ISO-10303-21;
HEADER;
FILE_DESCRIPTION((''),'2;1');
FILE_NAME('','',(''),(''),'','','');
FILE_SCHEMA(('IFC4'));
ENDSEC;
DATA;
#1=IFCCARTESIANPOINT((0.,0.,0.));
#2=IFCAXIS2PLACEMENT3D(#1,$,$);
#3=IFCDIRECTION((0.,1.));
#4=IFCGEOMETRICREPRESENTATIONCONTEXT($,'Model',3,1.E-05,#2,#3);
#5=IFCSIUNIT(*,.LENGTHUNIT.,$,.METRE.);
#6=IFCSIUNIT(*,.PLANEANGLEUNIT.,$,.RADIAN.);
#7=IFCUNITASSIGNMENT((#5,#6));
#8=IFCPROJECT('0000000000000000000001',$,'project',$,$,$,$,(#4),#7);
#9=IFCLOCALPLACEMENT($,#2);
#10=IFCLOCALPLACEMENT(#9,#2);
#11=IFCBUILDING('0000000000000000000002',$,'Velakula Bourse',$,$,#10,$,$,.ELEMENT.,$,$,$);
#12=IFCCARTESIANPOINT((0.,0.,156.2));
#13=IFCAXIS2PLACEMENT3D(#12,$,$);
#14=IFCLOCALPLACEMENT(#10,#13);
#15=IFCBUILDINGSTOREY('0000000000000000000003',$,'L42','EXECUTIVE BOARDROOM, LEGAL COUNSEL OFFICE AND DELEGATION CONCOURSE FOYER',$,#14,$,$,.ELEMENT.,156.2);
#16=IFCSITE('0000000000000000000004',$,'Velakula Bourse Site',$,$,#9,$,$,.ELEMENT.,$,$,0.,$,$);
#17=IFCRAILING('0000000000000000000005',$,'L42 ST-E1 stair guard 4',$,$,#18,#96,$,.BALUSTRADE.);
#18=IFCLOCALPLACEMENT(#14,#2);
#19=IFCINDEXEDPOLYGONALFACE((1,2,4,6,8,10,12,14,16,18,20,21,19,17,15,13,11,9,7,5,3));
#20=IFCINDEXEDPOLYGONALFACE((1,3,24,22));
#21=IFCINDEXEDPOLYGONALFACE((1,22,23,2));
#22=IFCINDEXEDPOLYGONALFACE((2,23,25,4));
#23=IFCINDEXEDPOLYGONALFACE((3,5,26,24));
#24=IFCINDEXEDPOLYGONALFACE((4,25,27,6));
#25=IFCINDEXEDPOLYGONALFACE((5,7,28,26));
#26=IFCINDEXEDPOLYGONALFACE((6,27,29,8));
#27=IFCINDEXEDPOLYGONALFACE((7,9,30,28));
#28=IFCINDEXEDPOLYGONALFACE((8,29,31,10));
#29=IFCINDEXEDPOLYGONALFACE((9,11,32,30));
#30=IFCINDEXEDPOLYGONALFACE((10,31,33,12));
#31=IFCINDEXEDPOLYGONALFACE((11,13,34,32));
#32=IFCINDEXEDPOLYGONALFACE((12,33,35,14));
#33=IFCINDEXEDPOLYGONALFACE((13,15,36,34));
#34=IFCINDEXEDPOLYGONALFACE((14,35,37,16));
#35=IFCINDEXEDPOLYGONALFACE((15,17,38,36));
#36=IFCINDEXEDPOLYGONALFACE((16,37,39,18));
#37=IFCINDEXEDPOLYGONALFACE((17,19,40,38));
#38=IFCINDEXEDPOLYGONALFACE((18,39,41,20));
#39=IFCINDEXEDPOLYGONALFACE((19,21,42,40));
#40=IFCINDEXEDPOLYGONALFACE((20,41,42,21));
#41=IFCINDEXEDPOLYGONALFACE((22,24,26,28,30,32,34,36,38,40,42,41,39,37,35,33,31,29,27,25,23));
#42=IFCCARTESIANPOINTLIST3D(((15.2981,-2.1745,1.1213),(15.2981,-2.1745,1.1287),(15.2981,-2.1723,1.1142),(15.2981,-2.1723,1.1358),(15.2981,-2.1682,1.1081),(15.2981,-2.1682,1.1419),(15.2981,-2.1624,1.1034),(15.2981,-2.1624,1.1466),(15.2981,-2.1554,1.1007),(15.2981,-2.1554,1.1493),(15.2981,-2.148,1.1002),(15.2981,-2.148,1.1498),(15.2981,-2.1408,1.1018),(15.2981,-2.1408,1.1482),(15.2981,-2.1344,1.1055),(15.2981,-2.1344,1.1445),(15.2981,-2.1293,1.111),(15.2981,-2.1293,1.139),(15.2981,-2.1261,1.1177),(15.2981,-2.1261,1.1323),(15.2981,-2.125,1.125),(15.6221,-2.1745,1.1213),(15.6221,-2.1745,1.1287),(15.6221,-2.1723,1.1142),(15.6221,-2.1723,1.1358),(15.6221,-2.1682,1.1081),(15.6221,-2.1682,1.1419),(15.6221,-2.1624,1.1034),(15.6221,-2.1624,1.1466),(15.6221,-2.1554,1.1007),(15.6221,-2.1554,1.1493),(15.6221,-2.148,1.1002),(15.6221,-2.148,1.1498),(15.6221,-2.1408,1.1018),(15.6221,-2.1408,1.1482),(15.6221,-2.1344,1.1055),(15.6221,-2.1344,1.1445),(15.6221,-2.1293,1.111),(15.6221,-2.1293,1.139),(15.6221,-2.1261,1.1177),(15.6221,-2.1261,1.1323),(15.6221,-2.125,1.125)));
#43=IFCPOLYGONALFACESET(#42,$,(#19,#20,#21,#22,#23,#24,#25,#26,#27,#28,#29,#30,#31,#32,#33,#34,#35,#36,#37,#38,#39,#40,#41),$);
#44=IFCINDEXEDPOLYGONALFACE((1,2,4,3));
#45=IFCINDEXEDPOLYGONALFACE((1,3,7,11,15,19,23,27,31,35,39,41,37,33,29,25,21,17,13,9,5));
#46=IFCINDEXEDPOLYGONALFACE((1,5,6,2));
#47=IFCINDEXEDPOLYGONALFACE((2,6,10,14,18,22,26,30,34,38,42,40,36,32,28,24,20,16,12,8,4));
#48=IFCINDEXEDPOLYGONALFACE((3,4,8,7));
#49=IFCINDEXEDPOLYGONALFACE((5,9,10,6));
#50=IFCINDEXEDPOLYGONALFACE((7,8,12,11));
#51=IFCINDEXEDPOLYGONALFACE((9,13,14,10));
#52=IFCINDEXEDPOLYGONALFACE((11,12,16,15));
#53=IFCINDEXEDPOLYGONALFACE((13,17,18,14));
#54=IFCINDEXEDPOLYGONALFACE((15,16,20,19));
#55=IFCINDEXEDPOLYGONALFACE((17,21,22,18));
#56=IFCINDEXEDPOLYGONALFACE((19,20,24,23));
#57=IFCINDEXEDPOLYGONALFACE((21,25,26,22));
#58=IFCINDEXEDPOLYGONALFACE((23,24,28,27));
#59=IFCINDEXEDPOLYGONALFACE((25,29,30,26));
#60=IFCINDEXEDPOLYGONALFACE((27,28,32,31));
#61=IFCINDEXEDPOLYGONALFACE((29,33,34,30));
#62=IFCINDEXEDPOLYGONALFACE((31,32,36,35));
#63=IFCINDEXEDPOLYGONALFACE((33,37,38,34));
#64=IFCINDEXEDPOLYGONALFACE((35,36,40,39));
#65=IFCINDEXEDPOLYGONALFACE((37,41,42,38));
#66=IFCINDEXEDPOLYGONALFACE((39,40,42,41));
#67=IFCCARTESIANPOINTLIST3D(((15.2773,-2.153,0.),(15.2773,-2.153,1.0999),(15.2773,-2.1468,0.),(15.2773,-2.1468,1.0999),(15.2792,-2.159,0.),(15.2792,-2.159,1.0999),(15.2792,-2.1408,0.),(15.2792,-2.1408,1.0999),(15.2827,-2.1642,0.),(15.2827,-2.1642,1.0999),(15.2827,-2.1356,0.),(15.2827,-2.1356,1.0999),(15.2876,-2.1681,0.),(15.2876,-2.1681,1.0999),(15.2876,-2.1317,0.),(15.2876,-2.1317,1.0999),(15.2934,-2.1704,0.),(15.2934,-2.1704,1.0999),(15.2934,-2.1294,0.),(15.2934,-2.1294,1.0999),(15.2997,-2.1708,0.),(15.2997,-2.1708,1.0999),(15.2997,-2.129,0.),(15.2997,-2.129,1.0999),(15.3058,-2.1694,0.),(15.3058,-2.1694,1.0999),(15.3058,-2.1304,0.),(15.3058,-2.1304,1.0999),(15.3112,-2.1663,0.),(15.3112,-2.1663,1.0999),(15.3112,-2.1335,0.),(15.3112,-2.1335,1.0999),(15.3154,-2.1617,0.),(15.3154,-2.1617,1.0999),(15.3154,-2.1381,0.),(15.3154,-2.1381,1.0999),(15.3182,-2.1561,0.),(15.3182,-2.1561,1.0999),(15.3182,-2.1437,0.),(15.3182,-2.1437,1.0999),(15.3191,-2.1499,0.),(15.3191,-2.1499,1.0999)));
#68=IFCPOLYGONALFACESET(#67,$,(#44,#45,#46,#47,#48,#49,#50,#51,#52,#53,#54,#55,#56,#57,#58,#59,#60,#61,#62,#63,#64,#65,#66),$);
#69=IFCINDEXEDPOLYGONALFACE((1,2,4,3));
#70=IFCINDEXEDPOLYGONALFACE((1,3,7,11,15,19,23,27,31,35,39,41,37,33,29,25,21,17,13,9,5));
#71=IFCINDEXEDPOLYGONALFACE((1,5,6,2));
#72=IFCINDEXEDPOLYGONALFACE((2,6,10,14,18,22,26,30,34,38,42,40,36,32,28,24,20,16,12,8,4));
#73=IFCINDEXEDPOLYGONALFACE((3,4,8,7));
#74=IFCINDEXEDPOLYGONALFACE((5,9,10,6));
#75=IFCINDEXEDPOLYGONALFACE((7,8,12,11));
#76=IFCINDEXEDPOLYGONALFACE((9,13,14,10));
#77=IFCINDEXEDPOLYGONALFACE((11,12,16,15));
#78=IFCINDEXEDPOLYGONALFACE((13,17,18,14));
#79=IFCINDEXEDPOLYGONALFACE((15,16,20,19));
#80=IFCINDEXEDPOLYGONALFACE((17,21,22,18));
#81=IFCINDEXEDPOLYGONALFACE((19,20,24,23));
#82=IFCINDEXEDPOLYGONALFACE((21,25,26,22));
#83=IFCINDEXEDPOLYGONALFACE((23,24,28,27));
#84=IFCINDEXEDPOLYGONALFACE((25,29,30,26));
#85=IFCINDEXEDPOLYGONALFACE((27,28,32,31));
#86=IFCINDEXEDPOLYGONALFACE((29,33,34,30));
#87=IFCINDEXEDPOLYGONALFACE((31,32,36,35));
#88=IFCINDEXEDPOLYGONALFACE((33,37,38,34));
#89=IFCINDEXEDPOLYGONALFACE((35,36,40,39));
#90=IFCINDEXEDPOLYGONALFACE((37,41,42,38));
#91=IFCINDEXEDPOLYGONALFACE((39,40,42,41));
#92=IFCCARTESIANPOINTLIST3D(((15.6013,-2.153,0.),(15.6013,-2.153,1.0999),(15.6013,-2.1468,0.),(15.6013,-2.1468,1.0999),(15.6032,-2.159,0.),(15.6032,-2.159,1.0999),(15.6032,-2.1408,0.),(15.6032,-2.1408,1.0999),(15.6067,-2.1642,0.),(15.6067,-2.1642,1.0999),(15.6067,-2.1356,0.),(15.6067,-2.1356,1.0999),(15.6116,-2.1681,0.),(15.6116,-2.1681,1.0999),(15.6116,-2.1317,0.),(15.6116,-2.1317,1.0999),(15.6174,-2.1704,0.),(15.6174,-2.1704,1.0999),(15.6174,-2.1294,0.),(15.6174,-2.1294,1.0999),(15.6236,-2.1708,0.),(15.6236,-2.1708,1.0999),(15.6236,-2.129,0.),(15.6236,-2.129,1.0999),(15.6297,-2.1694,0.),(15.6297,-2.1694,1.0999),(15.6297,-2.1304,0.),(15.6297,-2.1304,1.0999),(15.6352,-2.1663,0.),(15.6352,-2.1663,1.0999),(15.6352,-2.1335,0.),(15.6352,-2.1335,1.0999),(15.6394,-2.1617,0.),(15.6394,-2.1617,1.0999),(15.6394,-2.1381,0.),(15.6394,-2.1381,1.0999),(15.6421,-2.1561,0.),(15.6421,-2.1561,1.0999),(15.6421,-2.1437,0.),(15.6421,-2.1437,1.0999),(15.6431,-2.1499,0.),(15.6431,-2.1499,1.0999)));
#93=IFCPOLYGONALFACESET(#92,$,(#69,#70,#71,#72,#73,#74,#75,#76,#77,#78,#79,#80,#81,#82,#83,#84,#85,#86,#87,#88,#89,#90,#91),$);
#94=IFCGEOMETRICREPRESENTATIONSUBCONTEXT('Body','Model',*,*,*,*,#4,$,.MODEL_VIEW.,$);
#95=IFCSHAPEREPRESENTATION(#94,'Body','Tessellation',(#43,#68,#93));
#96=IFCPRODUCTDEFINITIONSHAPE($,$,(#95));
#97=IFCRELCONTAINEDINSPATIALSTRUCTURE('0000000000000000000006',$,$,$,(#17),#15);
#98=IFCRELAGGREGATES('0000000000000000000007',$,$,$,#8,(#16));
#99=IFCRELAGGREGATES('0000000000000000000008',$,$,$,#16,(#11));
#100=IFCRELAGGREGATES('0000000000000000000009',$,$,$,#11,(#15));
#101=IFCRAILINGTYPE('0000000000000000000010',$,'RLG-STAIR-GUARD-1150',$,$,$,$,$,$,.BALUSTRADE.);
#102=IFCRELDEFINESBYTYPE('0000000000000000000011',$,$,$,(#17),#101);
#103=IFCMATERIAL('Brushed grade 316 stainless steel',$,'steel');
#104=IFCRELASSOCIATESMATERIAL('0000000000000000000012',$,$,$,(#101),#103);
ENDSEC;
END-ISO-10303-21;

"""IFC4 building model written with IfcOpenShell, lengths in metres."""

from ifc_helpers import new_model, si_unit, direction, frame, origin, origin_2d, place, context, subcontext, project, spatial, circle, extrude, material, type_object, element, save


model = new_model("IFC4")

# Units and contexts
model_context = context("Model", 3, precision=1e-05, world=origin(), true_north=direction((0.0, 1.0)))
body_context = subcontext(model_context, "Body", "Model", "MODEL_VIEW")
ifc_project = project(units=[si_unit("LENGTHUNIT", "METRE"), si_unit("PLANEANGLEUNIT", "RADIAN")], contexts=[model_context])

# Site, building, storey
site_placement = place(None, origin())
site = spatial("IfcSite", under=ifc_project, at=site_placement, Name="Velakula Bourse Site", CompositionType="ELEMENT", RefElevation=0.0)
building_placement = place(site_placement, origin())
building = spatial("IfcBuilding", under=site, at=building_placement, Name="Velakula Bourse", CompositionType="ELEMENT")
storey_placement = place(building_placement, frame((0.0, 0.0, 156.2)))
storey = spatial("IfcBuildingStorey", under=building, at=storey_placement, Name="L42", Description="EXECUTIVE BOARDROOM, LEGAL COUNSEL OFFICE AND DELEGATION CONCOURSE FOYER", CompositionType="ELEMENT", Elevation=156.2)

# Shared definitions
ifc_material_1 = material(Name="Brushed grade 316 stainless steel", Category="steel")

# Railing
railing_type_1 = type_object("IfcRailingType", Name="RLG-STAIR-GUARD-1150", PredefinedType="BALUSTRADE", material=ifc_material_1)
railing_1_placement = place(storey_placement, frame((15.2981, -2.1499, 0.0)))
element("IfcRailing", 1, at=railing_1_placement, inside=storey, type_object=railing_type_1, Name="L42 ST-E1 stair guard 4", PredefinedType="BALUSTRADE", context=body_context, shape_type="SweptSolid", body=[
    extrude(circle(Radius=0.0249, at=origin_2d()), frame((0.0, 0.0, 1.125), z_axis=(1.0, 0.0, 0.0), x_axis=(0.0, 1.0, 0.0)), (0.0, 0.0, 1.0), 0.324),
    extrude(circle(Radius=0.021, at=origin_2d()), origin(), (0.0, 0.0, 1.0), 1.0999),
    extrude(circle(Radius=0.021, at=origin_2d()), frame((0.324, 0.0, 0.0)), (0.0, 0.0, 1.0), 1.0999),
])

save(model, "model.ifc")
